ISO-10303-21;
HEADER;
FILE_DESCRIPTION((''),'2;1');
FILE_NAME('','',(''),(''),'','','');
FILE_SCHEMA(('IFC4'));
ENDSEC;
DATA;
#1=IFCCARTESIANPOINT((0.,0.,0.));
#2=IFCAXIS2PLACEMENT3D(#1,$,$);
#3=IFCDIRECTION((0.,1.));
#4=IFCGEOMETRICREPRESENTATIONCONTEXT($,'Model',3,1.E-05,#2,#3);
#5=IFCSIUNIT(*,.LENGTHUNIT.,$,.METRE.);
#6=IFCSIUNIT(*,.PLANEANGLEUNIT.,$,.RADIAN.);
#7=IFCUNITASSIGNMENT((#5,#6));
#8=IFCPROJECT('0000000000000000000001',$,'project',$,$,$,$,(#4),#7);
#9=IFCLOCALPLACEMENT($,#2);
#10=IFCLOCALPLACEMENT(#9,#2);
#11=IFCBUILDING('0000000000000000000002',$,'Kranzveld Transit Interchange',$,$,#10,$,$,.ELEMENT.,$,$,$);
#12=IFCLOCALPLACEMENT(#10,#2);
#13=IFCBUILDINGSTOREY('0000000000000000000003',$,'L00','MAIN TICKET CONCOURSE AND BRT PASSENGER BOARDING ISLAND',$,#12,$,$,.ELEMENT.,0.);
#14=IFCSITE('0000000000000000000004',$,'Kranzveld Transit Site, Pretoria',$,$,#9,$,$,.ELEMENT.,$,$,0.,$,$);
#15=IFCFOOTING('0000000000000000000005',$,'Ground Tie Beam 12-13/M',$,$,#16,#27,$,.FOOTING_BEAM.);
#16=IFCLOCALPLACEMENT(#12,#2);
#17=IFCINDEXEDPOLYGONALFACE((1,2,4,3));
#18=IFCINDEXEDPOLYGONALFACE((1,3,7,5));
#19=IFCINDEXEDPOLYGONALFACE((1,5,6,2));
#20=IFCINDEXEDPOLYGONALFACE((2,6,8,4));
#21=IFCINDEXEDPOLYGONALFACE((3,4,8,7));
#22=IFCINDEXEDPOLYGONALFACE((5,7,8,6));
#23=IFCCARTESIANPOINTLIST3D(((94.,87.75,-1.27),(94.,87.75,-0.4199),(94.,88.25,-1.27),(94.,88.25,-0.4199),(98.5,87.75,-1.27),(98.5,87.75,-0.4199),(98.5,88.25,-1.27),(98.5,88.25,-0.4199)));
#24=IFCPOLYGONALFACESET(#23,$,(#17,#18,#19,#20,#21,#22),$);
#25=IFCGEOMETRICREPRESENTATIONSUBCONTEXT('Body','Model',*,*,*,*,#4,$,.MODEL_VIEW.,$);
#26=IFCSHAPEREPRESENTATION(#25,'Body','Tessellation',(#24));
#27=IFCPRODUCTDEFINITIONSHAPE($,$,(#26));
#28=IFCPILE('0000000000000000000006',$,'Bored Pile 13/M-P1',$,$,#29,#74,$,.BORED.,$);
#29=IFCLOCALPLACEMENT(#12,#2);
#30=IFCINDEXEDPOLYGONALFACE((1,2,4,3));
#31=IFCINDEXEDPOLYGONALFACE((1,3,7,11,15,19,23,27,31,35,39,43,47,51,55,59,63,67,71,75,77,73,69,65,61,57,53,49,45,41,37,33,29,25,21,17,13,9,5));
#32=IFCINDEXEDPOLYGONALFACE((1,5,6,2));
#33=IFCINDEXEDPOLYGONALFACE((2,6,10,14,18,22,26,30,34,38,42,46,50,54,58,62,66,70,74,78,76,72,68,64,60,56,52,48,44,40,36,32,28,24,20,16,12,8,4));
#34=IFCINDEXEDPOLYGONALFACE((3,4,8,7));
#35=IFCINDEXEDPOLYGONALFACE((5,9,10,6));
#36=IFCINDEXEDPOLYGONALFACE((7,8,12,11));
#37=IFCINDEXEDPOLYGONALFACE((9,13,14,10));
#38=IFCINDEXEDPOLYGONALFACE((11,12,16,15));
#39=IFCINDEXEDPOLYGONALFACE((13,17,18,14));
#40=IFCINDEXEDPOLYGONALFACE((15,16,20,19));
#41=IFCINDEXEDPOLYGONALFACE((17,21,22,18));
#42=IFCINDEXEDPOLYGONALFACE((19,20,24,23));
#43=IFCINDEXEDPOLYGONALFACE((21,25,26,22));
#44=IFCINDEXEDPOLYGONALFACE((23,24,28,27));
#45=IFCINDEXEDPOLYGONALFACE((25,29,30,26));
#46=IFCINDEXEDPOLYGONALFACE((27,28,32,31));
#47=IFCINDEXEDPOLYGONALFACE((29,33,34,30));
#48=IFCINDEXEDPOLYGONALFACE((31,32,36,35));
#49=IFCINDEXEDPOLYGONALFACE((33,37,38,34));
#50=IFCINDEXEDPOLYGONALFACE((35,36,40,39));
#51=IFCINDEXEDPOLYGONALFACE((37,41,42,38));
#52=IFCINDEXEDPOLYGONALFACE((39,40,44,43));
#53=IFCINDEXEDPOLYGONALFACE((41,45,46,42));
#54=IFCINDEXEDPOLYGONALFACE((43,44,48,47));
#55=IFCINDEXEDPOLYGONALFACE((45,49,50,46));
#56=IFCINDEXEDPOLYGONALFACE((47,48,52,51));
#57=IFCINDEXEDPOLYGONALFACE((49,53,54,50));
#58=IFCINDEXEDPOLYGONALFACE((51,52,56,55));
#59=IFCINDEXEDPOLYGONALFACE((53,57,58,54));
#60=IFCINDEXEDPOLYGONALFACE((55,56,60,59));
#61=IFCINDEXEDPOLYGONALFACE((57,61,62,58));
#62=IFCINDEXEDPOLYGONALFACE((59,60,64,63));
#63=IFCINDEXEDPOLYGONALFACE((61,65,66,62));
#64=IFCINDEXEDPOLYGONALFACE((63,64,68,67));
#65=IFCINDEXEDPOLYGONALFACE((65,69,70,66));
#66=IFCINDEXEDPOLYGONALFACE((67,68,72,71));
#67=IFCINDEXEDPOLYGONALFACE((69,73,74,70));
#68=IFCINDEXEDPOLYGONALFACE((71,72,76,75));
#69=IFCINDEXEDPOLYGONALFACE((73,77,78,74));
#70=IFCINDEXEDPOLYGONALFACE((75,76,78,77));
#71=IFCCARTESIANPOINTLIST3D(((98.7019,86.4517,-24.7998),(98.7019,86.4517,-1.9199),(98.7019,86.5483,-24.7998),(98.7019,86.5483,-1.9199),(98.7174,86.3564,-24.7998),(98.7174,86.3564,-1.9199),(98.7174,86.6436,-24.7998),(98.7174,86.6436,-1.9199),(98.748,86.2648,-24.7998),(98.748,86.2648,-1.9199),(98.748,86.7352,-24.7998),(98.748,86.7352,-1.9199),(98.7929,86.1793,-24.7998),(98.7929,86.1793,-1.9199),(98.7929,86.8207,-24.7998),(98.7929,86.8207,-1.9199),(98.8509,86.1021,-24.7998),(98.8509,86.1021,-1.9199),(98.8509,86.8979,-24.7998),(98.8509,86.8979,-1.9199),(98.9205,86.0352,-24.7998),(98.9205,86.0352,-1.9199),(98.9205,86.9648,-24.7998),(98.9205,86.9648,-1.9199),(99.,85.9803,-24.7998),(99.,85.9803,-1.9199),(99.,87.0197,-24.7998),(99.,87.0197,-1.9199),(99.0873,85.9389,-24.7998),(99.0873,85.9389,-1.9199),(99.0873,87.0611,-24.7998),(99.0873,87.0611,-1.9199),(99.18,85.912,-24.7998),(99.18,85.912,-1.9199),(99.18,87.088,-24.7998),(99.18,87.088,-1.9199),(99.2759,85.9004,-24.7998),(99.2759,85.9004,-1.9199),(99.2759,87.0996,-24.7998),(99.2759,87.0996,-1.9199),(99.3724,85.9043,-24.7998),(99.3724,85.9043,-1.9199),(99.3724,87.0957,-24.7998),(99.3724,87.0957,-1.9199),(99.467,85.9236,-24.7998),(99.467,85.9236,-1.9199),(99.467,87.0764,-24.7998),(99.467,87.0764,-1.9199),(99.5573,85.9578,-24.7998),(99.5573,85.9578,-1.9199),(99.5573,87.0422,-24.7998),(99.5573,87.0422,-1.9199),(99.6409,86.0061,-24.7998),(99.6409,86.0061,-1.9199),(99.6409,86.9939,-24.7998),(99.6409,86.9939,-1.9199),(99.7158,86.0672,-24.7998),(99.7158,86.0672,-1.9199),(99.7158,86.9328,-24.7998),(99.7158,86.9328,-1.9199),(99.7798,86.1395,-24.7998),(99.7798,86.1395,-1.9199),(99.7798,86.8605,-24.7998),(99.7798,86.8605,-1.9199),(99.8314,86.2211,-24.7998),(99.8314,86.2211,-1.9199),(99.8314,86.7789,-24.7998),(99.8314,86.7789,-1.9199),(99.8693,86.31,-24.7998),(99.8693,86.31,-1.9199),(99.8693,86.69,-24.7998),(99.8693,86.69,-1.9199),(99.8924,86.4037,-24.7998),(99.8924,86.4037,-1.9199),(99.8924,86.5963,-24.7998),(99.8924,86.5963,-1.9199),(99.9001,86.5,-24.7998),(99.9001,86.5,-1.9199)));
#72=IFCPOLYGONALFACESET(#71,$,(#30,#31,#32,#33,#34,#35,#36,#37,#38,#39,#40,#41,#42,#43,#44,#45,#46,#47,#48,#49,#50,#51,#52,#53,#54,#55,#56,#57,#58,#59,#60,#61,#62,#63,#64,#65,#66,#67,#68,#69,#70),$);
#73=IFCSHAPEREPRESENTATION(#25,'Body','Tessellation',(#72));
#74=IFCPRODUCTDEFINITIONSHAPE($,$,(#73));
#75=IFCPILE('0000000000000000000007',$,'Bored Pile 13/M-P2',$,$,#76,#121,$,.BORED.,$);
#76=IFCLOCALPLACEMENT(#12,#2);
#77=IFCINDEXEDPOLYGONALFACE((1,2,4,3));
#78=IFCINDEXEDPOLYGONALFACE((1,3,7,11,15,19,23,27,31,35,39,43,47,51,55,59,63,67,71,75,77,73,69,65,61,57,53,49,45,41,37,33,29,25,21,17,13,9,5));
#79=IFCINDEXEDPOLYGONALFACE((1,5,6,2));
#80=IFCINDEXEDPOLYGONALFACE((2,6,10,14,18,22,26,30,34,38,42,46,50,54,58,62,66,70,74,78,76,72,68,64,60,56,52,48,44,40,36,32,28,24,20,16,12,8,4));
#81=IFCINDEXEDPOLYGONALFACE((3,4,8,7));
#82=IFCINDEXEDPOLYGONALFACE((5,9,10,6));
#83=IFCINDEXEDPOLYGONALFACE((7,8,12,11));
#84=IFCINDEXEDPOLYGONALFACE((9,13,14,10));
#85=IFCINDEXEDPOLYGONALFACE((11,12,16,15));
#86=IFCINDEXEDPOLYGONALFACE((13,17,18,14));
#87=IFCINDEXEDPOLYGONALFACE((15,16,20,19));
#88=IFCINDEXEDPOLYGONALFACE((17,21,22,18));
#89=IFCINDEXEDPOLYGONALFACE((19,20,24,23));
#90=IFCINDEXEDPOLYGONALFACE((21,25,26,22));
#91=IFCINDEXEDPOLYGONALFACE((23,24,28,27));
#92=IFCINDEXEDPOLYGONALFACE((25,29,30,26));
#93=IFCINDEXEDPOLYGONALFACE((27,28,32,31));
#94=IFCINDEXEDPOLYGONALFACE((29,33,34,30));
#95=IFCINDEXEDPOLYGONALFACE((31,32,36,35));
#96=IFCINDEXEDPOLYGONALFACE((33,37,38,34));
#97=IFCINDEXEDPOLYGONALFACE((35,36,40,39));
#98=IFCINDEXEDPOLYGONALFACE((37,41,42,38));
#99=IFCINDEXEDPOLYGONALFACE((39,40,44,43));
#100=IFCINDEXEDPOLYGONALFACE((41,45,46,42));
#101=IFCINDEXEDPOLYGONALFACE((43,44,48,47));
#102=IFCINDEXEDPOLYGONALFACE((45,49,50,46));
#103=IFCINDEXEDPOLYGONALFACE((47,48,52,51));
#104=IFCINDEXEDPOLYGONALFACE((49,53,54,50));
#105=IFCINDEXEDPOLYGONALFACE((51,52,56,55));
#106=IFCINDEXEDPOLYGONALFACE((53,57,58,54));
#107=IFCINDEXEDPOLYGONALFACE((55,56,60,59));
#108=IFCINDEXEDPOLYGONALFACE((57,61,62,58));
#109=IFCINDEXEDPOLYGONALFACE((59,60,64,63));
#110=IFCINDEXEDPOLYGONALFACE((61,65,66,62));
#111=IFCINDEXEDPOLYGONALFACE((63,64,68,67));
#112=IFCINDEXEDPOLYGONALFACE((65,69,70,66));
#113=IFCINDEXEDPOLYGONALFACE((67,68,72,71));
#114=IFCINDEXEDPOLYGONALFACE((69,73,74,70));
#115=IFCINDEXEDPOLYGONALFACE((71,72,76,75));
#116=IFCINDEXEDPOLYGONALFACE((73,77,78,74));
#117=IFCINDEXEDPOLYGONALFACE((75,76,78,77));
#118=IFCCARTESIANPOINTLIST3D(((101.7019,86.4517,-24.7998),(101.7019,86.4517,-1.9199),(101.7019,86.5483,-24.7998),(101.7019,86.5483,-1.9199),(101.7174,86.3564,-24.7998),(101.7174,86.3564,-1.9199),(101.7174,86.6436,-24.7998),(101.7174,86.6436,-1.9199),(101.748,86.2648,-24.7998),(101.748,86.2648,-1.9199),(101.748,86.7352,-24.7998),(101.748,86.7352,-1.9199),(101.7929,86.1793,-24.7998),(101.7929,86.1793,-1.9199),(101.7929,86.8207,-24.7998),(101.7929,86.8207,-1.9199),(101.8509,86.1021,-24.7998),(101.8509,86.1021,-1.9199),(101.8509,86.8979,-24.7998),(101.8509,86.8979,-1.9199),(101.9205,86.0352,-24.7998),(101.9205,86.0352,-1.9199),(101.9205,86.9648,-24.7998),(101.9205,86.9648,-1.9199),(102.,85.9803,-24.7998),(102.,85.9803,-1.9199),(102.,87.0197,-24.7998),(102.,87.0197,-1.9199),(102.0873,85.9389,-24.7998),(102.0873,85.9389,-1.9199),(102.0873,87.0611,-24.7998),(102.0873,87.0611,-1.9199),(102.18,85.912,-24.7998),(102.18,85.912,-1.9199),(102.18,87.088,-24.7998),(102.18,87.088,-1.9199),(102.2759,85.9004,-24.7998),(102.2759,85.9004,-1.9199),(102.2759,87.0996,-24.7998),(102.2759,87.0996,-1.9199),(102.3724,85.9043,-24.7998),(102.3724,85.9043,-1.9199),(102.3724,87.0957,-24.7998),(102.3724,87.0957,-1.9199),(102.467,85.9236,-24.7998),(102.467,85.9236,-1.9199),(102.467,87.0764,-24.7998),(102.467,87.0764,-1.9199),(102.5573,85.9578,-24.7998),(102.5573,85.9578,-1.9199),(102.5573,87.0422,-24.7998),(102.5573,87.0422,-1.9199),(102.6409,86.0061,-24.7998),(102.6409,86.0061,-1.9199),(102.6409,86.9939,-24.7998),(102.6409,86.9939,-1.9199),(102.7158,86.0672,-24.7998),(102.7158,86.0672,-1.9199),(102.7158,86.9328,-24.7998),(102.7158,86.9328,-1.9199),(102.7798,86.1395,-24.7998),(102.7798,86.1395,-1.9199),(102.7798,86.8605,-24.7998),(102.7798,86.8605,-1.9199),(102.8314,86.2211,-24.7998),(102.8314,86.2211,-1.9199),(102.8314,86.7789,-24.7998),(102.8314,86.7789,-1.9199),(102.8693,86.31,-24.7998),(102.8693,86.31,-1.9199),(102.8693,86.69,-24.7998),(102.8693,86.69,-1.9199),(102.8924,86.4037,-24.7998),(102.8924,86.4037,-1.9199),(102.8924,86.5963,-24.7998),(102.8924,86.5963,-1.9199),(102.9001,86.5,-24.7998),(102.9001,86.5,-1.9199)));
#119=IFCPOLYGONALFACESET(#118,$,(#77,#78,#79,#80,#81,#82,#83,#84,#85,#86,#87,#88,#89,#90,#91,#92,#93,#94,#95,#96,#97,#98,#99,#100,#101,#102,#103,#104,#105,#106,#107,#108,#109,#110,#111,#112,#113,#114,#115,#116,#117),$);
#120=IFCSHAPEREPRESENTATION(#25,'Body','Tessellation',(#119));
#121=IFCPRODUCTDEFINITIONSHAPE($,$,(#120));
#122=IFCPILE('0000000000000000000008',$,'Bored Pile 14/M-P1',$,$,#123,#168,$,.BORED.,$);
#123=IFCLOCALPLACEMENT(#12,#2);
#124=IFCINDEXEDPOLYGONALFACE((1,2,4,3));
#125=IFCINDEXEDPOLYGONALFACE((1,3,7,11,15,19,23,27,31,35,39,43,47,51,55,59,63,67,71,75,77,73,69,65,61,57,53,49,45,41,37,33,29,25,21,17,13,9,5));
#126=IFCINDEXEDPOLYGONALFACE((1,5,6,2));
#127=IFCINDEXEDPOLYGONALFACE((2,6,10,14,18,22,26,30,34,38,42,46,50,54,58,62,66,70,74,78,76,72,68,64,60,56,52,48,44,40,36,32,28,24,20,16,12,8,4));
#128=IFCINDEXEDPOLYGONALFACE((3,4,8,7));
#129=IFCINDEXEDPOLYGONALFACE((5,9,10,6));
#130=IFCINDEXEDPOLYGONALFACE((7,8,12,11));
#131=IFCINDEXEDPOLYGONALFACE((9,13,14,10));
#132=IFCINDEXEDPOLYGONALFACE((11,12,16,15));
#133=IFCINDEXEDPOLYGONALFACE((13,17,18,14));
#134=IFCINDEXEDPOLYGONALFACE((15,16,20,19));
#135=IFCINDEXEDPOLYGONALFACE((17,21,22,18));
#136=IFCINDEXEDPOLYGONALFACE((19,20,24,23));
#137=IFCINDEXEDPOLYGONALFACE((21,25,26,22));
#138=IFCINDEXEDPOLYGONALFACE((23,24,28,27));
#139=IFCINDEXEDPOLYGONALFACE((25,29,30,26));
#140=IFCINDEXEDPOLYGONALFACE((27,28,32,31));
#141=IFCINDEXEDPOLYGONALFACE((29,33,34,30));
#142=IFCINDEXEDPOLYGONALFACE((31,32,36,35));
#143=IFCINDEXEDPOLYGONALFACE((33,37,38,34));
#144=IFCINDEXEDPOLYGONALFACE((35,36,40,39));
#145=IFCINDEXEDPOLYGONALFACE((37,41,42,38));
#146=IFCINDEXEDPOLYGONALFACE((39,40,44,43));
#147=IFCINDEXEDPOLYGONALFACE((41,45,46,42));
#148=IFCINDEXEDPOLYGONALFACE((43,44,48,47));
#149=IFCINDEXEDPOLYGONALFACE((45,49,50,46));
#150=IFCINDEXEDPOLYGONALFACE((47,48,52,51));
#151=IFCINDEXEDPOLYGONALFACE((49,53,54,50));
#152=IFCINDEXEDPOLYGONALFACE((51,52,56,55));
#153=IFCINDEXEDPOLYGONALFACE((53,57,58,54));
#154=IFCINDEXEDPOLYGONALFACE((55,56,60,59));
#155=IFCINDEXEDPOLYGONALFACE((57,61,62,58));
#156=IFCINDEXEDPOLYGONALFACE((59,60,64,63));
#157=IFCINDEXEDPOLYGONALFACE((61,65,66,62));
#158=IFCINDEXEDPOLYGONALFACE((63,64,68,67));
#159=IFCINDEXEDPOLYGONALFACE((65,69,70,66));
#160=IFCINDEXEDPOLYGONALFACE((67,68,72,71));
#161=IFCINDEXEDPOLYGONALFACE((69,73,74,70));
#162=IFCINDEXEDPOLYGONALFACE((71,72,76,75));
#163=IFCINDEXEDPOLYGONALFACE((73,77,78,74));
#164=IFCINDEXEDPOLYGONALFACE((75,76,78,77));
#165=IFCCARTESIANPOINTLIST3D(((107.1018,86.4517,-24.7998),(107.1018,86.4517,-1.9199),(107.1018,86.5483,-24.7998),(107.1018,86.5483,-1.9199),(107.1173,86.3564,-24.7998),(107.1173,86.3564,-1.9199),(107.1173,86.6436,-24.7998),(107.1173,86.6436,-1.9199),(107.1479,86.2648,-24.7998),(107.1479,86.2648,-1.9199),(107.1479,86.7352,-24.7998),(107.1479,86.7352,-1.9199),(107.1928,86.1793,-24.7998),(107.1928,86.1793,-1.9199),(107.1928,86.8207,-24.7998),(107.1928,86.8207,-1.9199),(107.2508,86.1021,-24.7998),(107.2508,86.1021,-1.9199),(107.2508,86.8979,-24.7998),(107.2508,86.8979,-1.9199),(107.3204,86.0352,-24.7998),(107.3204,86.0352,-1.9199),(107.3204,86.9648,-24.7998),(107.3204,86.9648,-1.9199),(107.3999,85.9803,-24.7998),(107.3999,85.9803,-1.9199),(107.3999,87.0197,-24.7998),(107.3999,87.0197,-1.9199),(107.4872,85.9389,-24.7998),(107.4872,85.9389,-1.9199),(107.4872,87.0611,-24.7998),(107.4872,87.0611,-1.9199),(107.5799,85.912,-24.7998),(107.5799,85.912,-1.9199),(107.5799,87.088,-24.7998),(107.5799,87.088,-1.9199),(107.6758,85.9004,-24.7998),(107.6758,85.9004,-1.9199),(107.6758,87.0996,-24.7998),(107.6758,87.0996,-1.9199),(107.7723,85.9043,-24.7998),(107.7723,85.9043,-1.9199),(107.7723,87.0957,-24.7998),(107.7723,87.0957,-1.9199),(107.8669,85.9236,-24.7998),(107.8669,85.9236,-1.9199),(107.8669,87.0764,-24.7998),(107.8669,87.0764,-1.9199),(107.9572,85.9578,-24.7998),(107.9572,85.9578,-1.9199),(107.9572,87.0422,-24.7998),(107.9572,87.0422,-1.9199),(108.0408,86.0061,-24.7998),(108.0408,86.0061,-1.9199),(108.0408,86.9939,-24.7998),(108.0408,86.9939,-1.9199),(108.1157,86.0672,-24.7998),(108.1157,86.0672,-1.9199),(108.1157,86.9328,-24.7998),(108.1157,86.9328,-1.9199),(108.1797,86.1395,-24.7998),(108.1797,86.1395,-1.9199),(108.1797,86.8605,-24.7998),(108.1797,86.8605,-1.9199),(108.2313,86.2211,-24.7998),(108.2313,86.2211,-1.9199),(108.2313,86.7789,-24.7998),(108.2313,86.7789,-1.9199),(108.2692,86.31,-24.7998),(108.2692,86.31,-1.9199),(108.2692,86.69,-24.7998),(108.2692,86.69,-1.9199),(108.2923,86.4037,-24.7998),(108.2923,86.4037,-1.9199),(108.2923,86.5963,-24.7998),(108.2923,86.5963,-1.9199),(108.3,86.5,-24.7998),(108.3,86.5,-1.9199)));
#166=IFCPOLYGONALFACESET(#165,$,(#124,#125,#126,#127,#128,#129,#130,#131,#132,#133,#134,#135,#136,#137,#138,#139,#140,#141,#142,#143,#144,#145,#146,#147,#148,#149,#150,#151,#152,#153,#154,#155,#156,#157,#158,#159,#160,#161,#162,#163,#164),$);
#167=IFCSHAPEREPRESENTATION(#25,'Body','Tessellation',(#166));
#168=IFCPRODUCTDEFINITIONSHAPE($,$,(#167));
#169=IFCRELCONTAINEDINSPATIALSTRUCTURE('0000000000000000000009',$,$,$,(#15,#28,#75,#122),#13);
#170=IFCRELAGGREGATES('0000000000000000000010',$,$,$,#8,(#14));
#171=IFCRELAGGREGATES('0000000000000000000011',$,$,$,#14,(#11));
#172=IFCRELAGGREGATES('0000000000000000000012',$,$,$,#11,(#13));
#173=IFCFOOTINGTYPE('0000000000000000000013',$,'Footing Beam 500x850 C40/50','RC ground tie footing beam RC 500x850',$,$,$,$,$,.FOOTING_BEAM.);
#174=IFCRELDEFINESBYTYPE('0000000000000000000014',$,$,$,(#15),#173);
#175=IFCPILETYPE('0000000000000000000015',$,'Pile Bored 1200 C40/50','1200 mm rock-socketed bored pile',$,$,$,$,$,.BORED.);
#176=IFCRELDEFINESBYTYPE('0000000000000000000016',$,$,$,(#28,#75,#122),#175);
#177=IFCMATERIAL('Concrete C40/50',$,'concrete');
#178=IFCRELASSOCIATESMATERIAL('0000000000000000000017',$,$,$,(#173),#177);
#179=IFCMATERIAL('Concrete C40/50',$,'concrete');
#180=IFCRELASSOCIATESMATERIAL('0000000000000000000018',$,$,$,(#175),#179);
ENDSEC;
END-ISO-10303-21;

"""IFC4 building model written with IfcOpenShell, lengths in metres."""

from ifc_helpers import new_model, si_unit, direction, frame, origin, origin_2d, place, context, subcontext, project, spatial, rectangle, circle, extrude, material, material_profile, profile_set, type_object, element, save


model = new_model("IFC4")

# Units and contexts
model_context = context("Model", 3, precision=1e-05, world=origin(), true_north=direction((0.0, 1.0)))
body_context = subcontext(model_context, "Body", "Model", "MODEL_VIEW")
ifc_project = project(units=[si_unit("LENGTHUNIT", "METRE"), si_unit("PLANEANGLEUNIT", "RADIAN")], contexts=[model_context])

# Site, building, storey
site_placement = place(None, origin())
site = spatial("IfcSite", under=ifc_project, at=site_placement, Name="Kranzveld Transit Site, Pretoria", CompositionType="ELEMENT", RefElevation=0.0)
building_placement = place(site_placement, origin())
building = spatial("IfcBuilding", under=site, at=building_placement, Name="Kranzveld Transit Interchange", CompositionType="ELEMENT")
storey_placement = place(building_placement, origin())
storey = spatial("IfcBuildingStorey", under=building, at=storey_placement, Name="L00", Description="MAIN TICKET CONCOURSE AND BRT PASSENGER BOARDING ISLAND", CompositionType="ELEMENT", Elevation=0.0)

# Footing
ifc_material_1 = material(Name="Concrete C40/50", Category="concrete")
ifc_material_profile_1 = material_profile(ifc_material_1, rectangle(XDim=0.5, YDim=0.8501, at=origin_2d()), Name="RC 500x850")
ifc_profile_set_1 = profile_set([ifc_material_profile_1], Name="Concrete C40/50")
footing_type_1 = type_object("IfcFootingType", Name="Footing Beam 500x850 C40/50", Description="RC ground tie footing beam RC 500x850", PredefinedType="FOOTING_BEAM", material=ifc_profile_set_1)
footing_1_placement = place(storey_placement, frame((94.0, 88.0, -0.845), z_axis=(1.0, 0.0, 0.0), x_axis=(0.0, 1.0, 0.0)))
element("IfcFooting", 1, at=footing_1_placement, inside=storey, type_object=footing_type_1, Name="Ground Tie Beam 12-13/M", PredefinedType="FOOTING_BEAM", context=body_context, shape_type="SweptSolid", body=[
    extrude(rectangle(XDim=0.5, YDim=0.8501, at=origin_2d()), origin(), (0.0, 0.0, 1.0), 4.5),
])

# Piles
ifc_material_2 = material(Name="Concrete C40/50", Category="concrete")
ifc_material_profile_2 = material_profile(ifc_material_2, circle(Radius=0.6001, at=origin_2d()), Name="BORED PILE 1200")
ifc_profile_set_2 = profile_set([ifc_material_profile_2], Name="Concrete C40/50")
pile_type_1 = type_object("IfcPileType", Name="Pile Bored 1200 C40/50", Description="1200 mm rock-socketed bored pile", PredefinedType="BORED", material=ifc_profile_set_2)
for number, where, z_axis, x_axis, name in (
    (2, (99.3, 86.5, -1.9199), (0.0, 0.0, -1.0), (1.0, 0.0, 0.0), "Bored Pile 13/M-P1"),
    (3, (102.3, 86.5, -1.9199), (0.0, 0.0, -1.0), (1.0, 0.0, 0.0), "Bored Pile 13/M-P2"),
    (4, (107.7, 86.5, -1.9199), (0.0, 0.0, -1.0), (1.0, 0.0, 0.0), "Bored Pile 14/M-P1"),
):
    element("IfcPile", number, at=place(storey_placement, frame(where, z_axis=z_axis, x_axis=x_axis)), inside=storey, type_object=pile_type_1, Name=name, PredefinedType="BORED", context=body_context, shape_type="SweptSolid", body=[
        extrude(circle(Radius=0.6001, at=origin_2d()), origin(), (0.0, 0.0, 1.0), 22.8799),
    ])

save(model, "model.ifc")
